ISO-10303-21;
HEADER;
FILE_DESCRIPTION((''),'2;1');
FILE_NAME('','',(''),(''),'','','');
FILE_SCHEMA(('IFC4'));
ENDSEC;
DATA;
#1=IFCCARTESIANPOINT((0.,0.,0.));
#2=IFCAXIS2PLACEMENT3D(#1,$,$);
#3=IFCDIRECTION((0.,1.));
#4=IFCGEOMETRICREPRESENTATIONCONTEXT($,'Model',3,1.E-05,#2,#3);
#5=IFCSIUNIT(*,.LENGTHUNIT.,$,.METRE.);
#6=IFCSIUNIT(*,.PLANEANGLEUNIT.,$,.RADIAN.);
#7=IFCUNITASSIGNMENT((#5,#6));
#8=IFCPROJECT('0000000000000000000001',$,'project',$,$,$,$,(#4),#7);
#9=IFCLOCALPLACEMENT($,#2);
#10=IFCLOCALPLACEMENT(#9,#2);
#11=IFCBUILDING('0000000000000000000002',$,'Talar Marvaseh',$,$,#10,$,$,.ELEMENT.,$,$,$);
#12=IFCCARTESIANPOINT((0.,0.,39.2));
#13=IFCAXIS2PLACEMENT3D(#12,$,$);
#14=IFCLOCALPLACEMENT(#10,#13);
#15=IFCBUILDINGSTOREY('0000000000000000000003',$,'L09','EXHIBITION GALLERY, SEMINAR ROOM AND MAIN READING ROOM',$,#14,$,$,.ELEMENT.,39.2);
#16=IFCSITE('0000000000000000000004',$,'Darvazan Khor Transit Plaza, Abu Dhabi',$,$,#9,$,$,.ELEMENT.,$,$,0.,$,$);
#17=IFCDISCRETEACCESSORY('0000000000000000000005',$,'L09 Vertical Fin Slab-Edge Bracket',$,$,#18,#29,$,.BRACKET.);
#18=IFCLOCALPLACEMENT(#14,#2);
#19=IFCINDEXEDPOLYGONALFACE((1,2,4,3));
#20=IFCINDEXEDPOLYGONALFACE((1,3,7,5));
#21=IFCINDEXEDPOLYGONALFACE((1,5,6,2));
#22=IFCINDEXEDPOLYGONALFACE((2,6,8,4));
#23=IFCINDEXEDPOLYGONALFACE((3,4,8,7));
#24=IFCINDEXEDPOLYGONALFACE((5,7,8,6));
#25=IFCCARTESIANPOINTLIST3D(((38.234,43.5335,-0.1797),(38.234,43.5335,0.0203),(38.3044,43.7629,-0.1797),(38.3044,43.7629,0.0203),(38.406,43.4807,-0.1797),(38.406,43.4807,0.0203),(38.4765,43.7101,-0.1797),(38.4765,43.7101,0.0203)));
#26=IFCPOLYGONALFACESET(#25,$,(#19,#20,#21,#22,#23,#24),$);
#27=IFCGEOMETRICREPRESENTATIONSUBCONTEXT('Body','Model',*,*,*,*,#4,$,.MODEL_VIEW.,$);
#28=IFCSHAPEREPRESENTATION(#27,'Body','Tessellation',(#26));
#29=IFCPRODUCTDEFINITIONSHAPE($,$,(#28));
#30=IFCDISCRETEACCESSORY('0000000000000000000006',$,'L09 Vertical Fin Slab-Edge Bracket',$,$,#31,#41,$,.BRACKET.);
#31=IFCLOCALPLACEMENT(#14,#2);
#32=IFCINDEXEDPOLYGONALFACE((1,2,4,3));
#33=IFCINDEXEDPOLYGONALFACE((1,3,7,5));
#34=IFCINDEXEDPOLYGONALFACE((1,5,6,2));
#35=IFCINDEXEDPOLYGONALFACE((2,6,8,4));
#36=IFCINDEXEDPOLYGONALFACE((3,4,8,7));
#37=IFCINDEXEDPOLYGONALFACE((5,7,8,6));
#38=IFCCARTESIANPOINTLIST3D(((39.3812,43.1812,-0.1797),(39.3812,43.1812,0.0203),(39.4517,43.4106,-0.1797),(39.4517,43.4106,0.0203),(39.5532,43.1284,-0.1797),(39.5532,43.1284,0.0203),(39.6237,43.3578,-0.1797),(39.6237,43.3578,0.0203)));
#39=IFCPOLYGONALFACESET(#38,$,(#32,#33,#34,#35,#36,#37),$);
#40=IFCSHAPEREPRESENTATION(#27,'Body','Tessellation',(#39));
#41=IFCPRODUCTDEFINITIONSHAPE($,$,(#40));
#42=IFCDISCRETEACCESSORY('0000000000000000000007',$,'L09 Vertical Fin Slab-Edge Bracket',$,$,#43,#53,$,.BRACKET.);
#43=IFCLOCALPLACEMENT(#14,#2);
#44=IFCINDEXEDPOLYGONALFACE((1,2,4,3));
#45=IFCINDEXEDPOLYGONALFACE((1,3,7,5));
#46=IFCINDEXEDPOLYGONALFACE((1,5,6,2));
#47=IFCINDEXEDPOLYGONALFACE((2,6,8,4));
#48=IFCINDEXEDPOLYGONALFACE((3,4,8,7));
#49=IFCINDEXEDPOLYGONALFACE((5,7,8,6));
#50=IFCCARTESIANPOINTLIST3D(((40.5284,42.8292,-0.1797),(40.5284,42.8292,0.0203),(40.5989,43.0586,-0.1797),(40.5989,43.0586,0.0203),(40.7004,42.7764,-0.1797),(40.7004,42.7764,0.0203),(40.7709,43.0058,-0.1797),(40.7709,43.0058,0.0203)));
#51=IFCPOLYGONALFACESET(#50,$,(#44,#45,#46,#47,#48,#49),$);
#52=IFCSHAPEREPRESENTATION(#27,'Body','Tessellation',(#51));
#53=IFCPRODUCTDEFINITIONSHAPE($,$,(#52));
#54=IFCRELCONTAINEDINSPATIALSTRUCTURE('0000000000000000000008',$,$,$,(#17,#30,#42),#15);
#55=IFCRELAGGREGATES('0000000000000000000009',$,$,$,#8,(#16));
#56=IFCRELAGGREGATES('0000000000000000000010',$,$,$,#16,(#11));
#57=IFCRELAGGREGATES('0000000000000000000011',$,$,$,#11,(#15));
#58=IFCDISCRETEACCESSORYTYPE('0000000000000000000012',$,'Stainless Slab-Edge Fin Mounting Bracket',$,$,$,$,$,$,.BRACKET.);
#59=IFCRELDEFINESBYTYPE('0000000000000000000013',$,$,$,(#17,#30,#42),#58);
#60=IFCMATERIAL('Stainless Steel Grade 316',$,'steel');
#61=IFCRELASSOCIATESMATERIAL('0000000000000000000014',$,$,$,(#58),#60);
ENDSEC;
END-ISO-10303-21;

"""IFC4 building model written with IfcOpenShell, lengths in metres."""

from ifc_helpers import new_model, si_unit, direction, frame, origin, origin_2d, place, context, subcontext, project, spatial, rectangle, extrude, source, transform, mapped, material, type_object, type_shapes, element, save


model = new_model("IFC4")

# Units and contexts
model_context = context("Model", 3, precision=1e-05, world=origin(), true_north=direction((0.0, 1.0)))
body_context = subcontext(model_context, "Body", "Model", "MODEL_VIEW")
ifc_project = project(units=[si_unit("LENGTHUNIT", "METRE"), si_unit("PLANEANGLEUNIT", "RADIAN")], contexts=[model_context])

# Site, building, storey
site_placement = place(None, origin())
site = spatial("IfcSite", under=ifc_project, at=site_placement, Name="Darvazan Khor Transit Plaza, Abu Dhabi", CompositionType="ELEMENT", RefElevation=0.0)
building_placement = place(site_placement, origin())
building = spatial("IfcBuilding", under=site, at=building_placement, Name="Talar Marvaseh", CompositionType="ELEMENT")
storey_placement = place(building_placement, frame((0.0, 0.0, 39.2)))
storey = spatial("IfcBuildingStorey", under=building, at=storey_placement, Name="L09", Description="EXHIBITION GALLERY, SEMINAR ROOM AND MAIN READING ROOM", CompositionType="ELEMENT", Elevation=39.2)

# Discrete accessories
ifc_material_1 = material(Name="Stainless Steel Grade 316", Category="steel")
discrete_accessory_type = type_object("IfcDiscreteAccessoryType", Name="Stainless Slab-Edge Fin Mounting Bracket", PredefinedType="BRACKET", material=ifc_material_1)
shared_shape_1 = source(origin(), body_context, "Body", "SweptSolid", [
    extrude(rectangle(XDim=0.24, YDim=0.1799, at=origin_2d()), origin(), (0.0, 0.0, 1.0), 0.2),
])
type_shapes(discrete_accessory_type, [shared_shape_1])
for number, where, z_axis, x_axis, name in (
    (1, (38.3552, 43.6218, -0.1797), (0.0, 0.0, 1.0), (0.29354, 0.955947, 0.0), "L09 Vertical Fin Slab-Edge Bracket"),
    (2, (39.5024, 43.2695, -0.1797), (0.0, 0.0, 1.0), (0.29354, 0.955947, 0.0), "L09 Vertical Fin Slab-Edge Bracket"),
    (3, (40.6497, 42.9175, -0.1797), (0.0, 0.0, 1.0), (0.29354, 0.955947, 0.0), "L09 Vertical Fin Slab-Edge Bracket"),
):
    element("IfcDiscreteAccessory", number, at=place(storey_placement, frame(where, z_axis=z_axis, x_axis=x_axis)), inside=storey, type_object=discrete_accessory_type, Name=name, PredefinedType="BRACKET", context=body_context, shape_type="MappedRepresentation", body=[
        mapped(shared_shape_1, transform((0.0, 0.0, 0.0), x_axis=(1.0, 0.0, 0.0), y_axis=(0.0, 1.0, 0.0), z_axis=(0.0, 0.0, 1.0), scale=1.0)),
    ])

save(model, "model.ifc")
